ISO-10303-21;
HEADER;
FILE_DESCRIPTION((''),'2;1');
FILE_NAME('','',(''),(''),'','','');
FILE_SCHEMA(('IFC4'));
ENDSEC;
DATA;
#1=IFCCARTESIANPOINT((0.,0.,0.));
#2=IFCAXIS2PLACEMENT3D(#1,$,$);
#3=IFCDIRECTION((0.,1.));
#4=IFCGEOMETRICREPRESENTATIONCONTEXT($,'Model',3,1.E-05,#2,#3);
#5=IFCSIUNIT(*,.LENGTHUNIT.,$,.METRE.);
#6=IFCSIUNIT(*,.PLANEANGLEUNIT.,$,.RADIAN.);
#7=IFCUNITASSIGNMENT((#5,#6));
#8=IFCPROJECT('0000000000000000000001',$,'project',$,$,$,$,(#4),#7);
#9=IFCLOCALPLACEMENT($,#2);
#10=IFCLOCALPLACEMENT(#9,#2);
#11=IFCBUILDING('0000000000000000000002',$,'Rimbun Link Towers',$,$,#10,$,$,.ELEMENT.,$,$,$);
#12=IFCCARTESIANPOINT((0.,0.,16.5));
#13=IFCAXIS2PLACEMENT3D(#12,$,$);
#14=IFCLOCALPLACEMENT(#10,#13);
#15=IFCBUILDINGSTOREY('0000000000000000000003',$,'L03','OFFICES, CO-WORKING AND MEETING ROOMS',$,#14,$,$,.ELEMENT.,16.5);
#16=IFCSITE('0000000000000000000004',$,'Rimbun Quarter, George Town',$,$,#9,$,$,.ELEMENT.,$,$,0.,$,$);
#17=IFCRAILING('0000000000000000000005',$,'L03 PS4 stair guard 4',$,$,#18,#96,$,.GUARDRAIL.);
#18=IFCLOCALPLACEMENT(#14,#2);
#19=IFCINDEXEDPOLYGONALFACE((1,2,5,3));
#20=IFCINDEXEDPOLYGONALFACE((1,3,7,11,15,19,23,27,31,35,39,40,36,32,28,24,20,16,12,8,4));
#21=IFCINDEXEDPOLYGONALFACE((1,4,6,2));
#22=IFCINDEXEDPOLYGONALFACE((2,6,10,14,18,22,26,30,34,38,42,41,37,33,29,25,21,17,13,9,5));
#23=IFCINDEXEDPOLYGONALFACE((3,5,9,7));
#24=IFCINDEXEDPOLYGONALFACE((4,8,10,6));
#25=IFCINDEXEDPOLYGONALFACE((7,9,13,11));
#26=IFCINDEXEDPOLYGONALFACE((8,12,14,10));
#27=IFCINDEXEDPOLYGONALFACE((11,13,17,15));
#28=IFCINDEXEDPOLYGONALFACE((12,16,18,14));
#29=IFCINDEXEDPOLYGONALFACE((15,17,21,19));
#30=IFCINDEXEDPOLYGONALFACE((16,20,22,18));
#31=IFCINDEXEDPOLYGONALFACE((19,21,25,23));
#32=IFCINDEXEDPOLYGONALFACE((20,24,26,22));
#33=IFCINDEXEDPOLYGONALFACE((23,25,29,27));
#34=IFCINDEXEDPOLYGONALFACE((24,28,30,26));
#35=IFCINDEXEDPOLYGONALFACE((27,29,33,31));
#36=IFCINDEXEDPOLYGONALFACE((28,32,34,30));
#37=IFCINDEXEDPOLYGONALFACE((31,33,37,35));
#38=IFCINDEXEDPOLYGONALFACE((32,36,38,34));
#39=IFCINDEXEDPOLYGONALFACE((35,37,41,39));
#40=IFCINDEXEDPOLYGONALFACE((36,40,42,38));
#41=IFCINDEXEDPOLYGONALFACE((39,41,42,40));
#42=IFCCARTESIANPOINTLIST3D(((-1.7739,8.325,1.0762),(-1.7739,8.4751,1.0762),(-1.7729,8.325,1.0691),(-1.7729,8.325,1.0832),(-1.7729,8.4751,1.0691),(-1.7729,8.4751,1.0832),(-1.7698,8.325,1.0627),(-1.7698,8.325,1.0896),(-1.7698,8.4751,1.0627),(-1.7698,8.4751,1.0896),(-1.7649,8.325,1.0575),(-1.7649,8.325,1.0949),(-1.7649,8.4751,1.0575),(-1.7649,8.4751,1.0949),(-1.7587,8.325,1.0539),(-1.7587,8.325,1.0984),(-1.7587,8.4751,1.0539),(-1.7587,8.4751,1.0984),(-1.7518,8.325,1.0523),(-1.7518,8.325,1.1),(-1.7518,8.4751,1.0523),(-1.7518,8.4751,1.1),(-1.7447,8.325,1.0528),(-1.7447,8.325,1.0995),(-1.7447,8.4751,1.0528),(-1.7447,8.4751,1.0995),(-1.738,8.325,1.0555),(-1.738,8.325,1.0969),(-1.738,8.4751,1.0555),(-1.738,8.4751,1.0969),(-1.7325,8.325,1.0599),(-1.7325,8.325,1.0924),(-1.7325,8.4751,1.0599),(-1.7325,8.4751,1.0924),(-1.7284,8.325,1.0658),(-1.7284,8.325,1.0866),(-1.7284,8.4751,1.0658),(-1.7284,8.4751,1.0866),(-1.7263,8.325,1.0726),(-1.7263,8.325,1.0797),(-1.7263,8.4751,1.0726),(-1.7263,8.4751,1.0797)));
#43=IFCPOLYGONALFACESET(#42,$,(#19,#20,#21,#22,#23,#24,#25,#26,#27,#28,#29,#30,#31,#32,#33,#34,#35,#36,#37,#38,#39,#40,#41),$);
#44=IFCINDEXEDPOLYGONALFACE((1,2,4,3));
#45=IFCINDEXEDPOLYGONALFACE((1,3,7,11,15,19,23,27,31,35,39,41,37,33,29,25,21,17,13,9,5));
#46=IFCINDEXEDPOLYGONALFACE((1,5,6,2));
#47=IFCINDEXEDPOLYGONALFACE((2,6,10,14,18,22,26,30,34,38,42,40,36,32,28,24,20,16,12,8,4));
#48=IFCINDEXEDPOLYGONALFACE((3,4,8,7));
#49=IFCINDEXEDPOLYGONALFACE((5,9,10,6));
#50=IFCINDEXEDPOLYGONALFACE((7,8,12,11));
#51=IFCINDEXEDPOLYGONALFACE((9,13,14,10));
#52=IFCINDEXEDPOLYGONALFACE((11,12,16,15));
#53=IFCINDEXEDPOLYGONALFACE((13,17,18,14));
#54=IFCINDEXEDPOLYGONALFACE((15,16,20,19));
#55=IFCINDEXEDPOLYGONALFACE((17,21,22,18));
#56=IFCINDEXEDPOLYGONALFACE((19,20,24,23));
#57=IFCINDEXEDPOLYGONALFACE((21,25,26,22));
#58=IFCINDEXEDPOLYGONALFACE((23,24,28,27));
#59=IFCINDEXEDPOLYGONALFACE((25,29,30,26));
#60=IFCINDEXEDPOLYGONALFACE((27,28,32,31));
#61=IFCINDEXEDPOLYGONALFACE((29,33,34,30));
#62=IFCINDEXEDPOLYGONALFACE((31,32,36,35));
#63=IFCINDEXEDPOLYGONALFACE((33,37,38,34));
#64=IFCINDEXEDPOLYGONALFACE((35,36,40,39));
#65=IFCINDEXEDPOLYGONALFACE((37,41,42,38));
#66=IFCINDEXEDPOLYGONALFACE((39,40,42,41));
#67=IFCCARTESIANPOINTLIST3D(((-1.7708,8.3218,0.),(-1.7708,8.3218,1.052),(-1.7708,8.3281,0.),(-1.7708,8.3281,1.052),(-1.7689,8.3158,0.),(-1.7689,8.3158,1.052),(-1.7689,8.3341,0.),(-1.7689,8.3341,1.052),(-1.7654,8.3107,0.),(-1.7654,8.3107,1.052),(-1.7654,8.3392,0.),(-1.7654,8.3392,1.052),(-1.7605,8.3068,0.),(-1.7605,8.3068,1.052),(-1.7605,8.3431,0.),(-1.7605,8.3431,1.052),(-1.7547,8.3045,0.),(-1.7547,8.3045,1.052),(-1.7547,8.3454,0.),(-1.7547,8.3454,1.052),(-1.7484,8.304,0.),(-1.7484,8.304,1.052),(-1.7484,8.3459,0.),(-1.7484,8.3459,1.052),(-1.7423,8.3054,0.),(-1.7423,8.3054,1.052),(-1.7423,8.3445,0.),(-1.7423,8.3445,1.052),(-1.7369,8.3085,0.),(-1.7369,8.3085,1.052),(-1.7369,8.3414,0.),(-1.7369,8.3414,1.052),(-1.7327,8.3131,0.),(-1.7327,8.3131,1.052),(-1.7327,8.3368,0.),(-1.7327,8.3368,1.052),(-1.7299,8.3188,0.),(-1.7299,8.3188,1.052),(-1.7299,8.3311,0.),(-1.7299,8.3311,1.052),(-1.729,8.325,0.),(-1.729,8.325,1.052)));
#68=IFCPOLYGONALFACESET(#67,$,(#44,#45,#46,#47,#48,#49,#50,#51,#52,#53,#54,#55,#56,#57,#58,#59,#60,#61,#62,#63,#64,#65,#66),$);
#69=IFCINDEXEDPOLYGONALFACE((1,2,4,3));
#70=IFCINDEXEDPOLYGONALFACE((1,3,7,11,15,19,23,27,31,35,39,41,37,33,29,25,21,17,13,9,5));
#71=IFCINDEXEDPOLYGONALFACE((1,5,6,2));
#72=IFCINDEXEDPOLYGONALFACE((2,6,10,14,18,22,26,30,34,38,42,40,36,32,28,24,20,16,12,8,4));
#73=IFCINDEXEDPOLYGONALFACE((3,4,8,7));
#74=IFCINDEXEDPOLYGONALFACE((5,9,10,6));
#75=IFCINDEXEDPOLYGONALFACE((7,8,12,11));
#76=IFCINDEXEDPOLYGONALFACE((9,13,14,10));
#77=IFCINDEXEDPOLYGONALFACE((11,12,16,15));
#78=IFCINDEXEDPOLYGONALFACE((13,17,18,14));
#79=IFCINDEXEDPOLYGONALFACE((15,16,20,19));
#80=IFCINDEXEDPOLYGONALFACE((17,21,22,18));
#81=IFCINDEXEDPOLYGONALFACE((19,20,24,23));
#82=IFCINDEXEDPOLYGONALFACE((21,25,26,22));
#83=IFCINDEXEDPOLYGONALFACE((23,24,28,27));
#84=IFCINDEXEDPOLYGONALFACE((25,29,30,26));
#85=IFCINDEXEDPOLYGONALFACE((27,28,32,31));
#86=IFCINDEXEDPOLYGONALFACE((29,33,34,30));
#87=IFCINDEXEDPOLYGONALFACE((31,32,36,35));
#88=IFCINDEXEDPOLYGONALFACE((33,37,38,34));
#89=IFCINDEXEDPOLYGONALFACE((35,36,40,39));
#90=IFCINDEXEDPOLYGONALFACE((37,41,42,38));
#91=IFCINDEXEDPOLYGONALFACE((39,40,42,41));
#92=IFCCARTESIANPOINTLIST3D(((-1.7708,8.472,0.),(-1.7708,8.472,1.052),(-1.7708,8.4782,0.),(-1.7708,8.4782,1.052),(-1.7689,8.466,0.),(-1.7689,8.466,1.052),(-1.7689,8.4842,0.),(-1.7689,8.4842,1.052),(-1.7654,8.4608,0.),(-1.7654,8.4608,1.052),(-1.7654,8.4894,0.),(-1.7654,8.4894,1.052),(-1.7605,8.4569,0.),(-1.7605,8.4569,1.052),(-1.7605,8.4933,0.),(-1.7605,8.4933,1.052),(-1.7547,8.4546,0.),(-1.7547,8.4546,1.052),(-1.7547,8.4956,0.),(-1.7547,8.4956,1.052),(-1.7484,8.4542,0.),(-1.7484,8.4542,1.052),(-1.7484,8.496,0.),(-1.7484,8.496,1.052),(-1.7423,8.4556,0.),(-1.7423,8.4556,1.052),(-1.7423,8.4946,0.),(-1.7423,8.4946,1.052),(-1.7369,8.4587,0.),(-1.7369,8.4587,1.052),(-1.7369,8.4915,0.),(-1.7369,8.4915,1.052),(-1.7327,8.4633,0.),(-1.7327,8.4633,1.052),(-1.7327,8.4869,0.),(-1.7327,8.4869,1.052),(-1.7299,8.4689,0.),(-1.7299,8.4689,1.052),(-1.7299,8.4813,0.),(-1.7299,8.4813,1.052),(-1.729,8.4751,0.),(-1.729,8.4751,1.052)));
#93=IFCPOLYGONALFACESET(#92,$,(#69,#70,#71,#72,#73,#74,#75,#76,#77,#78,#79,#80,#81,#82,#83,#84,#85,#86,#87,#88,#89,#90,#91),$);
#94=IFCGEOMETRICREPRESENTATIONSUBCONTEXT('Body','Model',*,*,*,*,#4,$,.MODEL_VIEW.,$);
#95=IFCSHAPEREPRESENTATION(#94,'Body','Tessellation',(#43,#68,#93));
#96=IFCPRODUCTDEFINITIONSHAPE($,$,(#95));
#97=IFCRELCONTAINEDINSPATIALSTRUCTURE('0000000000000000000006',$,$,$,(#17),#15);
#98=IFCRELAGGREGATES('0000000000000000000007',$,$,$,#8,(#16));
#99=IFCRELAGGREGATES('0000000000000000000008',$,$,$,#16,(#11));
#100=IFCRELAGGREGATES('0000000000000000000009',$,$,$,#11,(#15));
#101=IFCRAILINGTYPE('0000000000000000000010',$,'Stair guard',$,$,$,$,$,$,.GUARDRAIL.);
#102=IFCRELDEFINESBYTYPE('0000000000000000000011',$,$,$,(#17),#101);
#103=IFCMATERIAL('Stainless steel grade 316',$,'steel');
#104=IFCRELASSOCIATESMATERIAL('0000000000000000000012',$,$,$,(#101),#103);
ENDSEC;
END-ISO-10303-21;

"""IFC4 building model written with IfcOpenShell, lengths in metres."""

from ifc_helpers import new_model, si_unit, direction, frame, origin, origin_2d, place, context, subcontext, project, spatial, circle, extrude, material, type_object, element, save


model = new_model("IFC4")

# Units and contexts
model_context = context("Model", 3, precision=1e-05, world=origin(), true_north=direction((0.0, 1.0)))
body_context = subcontext(model_context, "Body", "Model", "MODEL_VIEW")
ifc_project = project(units=[si_unit("LENGTHUNIT", "METRE"), si_unit("PLANEANGLEUNIT", "RADIAN")], contexts=[model_context])

# Site, building, storey
site_placement = place(None, origin())
site = spatial("IfcSite", under=ifc_project, at=site_placement, Name="Rimbun Quarter, George Town", CompositionType="ELEMENT", RefElevation=0.0)
building_placement = place(site_placement, origin())
building = spatial("IfcBuilding", under=site, at=building_placement, Name="Rimbun Link Towers", CompositionType="ELEMENT")
storey_placement = place(building_placement, frame((0.0, 0.0, 16.5)))
storey = spatial("IfcBuildingStorey", under=building, at=storey_placement, Name="L03", Description="OFFICES, CO-WORKING AND MEETING ROOMS", CompositionType="ELEMENT", Elevation=16.5)

# Railing
ifc_material_1 = material(Name="Stainless steel grade 316", Category="steel")
railing_type_1 = type_object("IfcRailingType", Name="Stair guard", PredefinedType="GUARDRAIL", material=ifc_material_1)
railing_1_placement = place(storey_placement, frame((-1.75, 8.325, 0.0)))
element("IfcRailing", 1, at=railing_1_placement, inside=storey, type_object=railing_type_1, Name="L03 PS4 stair guard 4", PredefinedType="GUARDRAIL", context=body_context, shape_type="SweptSolid", body=[
    extrude(circle(Radius=0.0239, at=origin_2d()), frame((0.0, 0.0, 1.0762), z_axis=(0.0, 1.0, 0.0), x_axis=(-1.0, 0.0, 0.0)), (0.0, 0.0, 1.0), 0.1501),
    extrude(circle(Radius=0.021, at=origin_2d()), origin(), (0.0, 0.0, 1.0), 1.052),
    extrude(circle(Radius=0.021, at=origin_2d()), frame((0.0, 0.1501, 0.0)), (0.0, 0.0, 1.0), 1.052),
])

save(model, "model.ifc")
